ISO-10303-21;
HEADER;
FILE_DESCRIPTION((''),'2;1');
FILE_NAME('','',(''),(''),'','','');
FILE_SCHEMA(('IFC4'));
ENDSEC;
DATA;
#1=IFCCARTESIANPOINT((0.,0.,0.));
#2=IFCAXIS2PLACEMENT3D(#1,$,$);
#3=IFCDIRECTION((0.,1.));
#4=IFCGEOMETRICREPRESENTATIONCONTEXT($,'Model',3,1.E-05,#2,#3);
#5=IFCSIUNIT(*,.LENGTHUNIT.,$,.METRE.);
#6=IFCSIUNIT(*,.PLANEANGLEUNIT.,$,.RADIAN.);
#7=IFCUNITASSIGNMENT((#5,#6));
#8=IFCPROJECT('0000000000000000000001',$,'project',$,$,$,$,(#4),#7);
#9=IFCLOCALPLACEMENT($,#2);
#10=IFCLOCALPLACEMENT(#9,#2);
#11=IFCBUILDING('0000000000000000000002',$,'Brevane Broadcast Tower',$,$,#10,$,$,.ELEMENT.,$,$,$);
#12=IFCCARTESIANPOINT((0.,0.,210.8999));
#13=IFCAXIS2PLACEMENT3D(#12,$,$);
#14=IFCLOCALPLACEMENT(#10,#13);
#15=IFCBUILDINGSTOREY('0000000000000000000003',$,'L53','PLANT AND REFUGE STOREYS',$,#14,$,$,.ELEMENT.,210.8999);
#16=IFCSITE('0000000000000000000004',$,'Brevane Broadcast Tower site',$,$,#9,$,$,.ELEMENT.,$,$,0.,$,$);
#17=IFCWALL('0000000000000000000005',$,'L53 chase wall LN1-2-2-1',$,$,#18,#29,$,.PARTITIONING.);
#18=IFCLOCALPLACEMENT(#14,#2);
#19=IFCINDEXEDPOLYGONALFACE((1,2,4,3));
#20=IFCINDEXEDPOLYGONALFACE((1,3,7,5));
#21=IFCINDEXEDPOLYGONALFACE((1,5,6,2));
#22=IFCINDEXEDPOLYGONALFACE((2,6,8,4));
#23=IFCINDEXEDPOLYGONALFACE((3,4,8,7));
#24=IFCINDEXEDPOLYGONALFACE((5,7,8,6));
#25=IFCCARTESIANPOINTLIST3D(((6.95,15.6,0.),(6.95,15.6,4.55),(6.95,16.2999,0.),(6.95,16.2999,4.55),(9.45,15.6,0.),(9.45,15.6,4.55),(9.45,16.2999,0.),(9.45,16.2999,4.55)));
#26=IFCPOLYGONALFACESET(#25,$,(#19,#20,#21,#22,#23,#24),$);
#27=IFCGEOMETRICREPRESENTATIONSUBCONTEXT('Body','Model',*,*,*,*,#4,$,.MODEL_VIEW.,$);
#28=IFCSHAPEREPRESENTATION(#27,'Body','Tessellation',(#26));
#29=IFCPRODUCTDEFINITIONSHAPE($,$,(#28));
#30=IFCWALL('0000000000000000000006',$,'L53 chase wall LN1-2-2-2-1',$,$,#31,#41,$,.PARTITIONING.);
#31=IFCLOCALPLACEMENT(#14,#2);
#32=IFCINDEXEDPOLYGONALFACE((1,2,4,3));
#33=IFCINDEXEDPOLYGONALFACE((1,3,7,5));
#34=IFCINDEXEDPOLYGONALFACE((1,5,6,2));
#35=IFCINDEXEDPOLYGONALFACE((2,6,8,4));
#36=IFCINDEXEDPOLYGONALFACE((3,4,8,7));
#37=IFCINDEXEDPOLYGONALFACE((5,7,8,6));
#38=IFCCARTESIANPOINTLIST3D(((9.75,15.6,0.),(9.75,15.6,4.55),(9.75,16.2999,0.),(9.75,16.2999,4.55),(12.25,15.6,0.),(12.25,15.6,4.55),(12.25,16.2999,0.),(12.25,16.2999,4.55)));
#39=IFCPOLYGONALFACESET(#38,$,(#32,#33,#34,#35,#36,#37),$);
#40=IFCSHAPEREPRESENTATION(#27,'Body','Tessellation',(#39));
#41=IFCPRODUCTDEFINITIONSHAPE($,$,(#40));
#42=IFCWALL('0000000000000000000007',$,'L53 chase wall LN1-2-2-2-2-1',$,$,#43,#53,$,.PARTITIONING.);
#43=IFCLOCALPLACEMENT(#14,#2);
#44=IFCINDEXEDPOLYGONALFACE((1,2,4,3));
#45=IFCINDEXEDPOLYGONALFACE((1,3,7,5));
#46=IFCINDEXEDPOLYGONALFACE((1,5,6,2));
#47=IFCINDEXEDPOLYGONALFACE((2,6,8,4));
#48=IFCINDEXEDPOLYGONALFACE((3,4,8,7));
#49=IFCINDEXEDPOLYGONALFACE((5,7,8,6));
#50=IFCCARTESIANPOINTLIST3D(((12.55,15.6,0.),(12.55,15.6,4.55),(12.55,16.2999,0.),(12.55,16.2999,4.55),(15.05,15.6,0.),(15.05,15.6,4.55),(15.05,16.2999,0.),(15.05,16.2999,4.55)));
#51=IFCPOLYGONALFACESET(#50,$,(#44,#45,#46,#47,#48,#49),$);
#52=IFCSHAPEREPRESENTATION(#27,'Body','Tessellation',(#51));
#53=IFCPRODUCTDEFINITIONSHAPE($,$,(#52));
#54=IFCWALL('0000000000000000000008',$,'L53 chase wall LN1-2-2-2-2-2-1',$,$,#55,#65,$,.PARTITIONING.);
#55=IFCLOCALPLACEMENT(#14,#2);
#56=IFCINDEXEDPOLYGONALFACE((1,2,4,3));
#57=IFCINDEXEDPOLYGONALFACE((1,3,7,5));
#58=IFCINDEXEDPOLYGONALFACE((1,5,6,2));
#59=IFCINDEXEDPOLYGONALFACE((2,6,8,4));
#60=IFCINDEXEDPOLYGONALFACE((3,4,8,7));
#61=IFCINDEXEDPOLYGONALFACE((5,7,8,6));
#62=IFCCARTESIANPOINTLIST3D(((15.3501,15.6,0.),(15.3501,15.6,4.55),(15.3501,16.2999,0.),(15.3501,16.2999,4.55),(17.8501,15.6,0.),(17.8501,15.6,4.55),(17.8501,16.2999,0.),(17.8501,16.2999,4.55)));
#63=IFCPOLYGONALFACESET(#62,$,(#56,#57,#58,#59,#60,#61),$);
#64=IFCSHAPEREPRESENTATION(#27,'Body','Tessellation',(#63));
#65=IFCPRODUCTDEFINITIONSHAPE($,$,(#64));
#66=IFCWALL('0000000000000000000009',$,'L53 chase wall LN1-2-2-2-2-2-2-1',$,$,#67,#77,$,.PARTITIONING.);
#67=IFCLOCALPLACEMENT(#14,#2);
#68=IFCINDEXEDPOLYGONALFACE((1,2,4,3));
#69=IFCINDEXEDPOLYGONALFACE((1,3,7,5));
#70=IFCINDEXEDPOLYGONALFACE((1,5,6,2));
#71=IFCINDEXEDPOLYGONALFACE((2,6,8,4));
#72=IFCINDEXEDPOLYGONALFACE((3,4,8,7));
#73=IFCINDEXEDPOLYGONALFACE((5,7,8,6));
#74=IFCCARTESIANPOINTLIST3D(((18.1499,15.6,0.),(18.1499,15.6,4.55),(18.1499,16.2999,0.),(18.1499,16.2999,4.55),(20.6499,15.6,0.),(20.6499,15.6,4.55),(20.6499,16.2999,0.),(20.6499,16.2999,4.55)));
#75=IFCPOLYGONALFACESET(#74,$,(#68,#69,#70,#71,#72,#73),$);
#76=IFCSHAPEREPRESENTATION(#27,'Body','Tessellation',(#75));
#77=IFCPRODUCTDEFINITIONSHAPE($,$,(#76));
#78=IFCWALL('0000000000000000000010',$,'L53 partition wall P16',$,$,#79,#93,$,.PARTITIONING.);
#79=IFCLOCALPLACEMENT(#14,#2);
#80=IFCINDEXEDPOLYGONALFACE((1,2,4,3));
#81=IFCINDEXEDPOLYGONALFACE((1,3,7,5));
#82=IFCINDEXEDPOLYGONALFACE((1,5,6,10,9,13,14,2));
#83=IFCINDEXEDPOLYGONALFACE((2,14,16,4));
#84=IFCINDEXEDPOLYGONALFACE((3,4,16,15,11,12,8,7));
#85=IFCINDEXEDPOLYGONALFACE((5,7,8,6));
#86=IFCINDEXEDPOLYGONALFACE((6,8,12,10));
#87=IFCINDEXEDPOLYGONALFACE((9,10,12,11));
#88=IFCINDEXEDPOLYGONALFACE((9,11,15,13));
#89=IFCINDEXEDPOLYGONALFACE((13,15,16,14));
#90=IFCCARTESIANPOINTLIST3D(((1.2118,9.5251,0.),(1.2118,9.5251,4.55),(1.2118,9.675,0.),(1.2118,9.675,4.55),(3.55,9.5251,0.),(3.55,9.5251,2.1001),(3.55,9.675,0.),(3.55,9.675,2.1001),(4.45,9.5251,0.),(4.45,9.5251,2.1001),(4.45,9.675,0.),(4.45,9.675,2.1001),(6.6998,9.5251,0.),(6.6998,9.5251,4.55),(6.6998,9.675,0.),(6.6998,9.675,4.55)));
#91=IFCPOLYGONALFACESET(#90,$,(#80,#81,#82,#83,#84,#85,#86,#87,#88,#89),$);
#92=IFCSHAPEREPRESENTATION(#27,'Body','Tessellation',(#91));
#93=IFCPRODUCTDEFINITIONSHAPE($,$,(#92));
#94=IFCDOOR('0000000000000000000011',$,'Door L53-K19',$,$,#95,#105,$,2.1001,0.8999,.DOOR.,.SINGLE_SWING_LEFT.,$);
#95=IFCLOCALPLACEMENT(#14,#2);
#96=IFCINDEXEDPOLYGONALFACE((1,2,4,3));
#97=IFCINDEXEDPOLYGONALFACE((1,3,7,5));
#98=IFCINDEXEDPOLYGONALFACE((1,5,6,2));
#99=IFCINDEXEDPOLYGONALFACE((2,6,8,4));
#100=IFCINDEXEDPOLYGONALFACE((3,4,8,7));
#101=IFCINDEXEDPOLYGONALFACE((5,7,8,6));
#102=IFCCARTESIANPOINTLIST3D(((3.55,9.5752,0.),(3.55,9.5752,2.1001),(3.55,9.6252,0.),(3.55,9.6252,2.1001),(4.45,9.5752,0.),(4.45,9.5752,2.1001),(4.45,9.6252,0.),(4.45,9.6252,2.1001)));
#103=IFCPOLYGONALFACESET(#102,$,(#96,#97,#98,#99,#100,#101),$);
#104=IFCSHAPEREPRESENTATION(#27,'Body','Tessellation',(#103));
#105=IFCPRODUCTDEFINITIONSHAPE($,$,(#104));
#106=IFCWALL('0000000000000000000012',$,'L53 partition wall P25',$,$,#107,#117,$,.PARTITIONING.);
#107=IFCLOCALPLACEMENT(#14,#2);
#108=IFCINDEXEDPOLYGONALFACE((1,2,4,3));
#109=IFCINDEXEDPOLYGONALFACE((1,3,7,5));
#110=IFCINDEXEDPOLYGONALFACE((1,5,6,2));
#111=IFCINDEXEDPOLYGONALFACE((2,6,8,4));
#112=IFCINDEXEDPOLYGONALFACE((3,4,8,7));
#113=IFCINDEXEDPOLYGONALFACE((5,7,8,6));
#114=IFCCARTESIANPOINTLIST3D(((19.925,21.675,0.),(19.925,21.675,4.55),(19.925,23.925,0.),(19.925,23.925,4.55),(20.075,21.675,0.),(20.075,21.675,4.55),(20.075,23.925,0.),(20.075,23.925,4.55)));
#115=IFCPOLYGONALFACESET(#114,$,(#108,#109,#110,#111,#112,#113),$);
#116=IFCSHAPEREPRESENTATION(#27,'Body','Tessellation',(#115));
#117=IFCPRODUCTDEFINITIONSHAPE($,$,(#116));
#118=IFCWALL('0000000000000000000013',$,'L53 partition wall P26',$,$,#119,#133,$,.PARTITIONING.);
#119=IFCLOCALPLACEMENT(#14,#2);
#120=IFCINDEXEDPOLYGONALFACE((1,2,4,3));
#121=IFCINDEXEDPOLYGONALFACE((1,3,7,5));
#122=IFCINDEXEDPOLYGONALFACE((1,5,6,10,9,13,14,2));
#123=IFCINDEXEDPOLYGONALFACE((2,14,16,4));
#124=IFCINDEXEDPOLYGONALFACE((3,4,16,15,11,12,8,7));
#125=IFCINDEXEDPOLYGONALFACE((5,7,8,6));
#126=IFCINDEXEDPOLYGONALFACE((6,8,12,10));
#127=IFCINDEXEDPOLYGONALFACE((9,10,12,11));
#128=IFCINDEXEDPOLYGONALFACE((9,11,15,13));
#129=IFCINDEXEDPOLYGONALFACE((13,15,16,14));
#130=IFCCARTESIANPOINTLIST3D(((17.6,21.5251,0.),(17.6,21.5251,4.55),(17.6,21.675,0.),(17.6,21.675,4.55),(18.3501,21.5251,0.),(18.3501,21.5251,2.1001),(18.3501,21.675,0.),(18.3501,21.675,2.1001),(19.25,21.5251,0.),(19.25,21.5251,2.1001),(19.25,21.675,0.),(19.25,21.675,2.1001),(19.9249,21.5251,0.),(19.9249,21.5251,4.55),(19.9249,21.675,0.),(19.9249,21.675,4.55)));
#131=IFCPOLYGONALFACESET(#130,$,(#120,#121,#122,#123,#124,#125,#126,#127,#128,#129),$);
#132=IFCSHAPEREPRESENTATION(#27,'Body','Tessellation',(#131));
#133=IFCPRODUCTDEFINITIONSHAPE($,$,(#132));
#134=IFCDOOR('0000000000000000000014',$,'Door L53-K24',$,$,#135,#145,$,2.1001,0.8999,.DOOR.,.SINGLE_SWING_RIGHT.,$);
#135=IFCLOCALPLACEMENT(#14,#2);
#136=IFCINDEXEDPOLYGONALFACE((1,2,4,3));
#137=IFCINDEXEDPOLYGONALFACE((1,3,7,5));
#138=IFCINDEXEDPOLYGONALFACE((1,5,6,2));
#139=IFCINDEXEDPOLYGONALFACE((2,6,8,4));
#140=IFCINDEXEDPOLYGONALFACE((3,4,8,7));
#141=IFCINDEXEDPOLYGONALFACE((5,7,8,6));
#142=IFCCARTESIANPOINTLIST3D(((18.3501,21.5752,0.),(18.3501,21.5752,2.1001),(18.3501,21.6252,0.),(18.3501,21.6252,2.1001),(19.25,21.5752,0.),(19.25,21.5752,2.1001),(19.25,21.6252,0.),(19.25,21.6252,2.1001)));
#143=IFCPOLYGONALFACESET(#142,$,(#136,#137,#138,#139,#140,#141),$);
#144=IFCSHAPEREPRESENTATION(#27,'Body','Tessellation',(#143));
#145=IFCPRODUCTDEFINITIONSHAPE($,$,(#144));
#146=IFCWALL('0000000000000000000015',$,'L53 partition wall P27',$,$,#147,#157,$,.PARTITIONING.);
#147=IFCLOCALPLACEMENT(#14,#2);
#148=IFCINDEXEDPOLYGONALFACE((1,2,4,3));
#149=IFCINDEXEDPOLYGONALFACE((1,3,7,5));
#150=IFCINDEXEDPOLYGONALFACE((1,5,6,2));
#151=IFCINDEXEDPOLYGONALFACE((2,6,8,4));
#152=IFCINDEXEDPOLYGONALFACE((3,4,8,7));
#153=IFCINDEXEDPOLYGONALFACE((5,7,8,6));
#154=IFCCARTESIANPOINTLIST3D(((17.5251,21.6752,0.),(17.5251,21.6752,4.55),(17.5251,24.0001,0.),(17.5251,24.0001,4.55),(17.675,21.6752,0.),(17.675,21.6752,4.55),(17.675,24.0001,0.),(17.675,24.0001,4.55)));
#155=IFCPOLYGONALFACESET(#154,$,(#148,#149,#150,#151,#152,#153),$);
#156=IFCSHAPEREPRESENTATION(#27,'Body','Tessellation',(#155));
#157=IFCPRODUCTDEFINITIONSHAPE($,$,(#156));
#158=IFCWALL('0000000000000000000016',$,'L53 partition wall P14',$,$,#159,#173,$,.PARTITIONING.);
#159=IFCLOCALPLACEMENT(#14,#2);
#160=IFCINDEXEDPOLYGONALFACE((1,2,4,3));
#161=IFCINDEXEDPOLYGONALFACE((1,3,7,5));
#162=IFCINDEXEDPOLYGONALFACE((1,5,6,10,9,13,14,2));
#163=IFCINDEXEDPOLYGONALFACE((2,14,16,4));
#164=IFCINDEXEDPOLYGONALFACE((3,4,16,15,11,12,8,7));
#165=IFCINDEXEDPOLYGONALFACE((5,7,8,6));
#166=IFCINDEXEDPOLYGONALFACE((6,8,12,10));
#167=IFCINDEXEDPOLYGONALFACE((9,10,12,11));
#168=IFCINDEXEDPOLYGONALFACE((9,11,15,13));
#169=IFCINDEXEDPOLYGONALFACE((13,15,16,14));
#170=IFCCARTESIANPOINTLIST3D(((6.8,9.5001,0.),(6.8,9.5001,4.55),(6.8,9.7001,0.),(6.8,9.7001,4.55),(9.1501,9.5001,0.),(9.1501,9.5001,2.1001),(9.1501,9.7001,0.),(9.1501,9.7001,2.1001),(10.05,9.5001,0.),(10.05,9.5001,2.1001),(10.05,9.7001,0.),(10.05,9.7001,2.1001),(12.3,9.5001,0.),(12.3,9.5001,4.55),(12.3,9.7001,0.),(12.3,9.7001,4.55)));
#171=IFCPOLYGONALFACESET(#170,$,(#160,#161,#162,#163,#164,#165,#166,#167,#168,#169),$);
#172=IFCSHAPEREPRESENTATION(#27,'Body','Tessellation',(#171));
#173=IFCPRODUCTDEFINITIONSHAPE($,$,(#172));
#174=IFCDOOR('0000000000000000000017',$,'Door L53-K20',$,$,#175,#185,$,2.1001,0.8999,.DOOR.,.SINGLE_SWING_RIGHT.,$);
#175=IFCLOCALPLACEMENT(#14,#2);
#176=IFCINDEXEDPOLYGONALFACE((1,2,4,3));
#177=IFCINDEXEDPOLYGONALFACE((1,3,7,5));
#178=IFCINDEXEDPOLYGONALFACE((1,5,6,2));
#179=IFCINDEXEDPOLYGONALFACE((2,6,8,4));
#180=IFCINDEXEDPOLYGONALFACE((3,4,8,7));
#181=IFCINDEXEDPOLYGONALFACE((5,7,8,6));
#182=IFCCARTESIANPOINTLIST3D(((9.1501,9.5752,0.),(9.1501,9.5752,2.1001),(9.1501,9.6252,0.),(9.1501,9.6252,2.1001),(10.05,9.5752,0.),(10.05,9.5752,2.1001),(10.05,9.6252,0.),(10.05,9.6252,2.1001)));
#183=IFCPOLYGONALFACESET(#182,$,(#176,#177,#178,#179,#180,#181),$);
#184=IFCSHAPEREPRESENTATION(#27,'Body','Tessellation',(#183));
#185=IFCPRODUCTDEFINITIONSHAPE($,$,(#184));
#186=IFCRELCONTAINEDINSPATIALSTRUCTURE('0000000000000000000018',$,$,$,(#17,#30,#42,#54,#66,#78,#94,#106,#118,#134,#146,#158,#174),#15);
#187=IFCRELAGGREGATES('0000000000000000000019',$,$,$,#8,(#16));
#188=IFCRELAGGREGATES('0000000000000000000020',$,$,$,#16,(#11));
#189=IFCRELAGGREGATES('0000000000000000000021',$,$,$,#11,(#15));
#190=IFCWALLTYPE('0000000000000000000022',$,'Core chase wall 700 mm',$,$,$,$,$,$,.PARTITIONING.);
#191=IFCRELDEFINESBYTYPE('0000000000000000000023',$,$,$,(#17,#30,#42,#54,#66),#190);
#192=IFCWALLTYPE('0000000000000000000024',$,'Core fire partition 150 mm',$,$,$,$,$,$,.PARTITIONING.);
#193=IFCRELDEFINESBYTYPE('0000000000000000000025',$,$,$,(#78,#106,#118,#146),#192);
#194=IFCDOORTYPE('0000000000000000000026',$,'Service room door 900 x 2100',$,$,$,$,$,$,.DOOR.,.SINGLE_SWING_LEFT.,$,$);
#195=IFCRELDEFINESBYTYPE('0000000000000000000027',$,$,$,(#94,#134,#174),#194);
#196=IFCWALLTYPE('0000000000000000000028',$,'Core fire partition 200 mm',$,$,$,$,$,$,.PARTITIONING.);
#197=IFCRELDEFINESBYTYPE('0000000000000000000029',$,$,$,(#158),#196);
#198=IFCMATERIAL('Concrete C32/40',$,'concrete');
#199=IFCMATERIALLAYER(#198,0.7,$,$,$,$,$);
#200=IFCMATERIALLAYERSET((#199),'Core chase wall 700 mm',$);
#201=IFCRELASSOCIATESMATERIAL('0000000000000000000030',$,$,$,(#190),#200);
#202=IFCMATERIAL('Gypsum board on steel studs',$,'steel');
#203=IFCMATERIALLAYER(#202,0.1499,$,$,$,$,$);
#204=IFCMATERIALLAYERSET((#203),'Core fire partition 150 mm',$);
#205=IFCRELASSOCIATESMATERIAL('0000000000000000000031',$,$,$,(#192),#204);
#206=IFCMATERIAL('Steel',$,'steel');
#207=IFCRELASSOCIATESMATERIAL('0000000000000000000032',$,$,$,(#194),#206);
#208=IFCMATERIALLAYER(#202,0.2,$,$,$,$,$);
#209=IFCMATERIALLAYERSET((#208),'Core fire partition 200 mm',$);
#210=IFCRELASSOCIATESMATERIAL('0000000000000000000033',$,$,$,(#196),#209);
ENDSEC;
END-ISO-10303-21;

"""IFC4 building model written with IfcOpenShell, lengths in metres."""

from ifc_helpers import new_model, si_unit, direction, frame, frame_2d, origin, place, context, subcontext, project, spatial, rectangle, extrude, material, layer, layer_set, type_object, element, fill, save


model = new_model("IFC4")

# Units and contexts
model_context = context("Model", 3, precision=1e-05, world=origin(), true_north=direction((0.0, 1.0)))
body_context = subcontext(model_context, "Body", "Model", "MODEL_VIEW")
ifc_project = project(units=[si_unit("LENGTHUNIT", "METRE"), si_unit("PLANEANGLEUNIT", "RADIAN")], contexts=[model_context])

# Site, building, storey
site_placement = place(None, origin())
site = spatial("IfcSite", under=ifc_project, at=site_placement, Name="Brevane Broadcast Tower site", CompositionType="ELEMENT", RefElevation=0.0)
building_placement = place(site_placement, origin())
building = spatial("IfcBuilding", under=site, at=building_placement, Name="Brevane Broadcast Tower", CompositionType="ELEMENT")
storey_placement = place(building_placement, frame((0.0, 0.0, 210.8999)))
storey = spatial("IfcBuildingStorey", under=building, at=storey_placement, Name="L53", Description="PLANT AND REFUGE STOREYS", CompositionType="ELEMENT", Elevation=210.8999)

# Walls
ifc_material_1 = material(Name="Concrete C32/40", Category="concrete")
ifc_layer_1 = layer(ifc_material_1, 0.7)
ifc_layer_set_1 = layer_set([ifc_layer_1], Name="Core chase wall 700 mm")
wall_type_1 = type_object("IfcWallType", Name="Core chase wall 700 mm", PredefinedType="PARTITIONING", material=ifc_layer_set_1)
for number, where, z_axis, x_axis, name in (
    (1, (6.95, 15.95, 0.0), (0.0, 0.0, 1.0), (1.0, 0.0, 0.0), "L53 chase wall LN1-2-2-1"),
    (2, (9.75, 15.95, 0.0), (0.0, 0.0, 1.0), (1.0, 0.0, 0.0), "L53 chase wall LN1-2-2-2-1"),
    (3, (12.55, 15.95, 0.0), (0.0, 0.0, 1.0), (1.0, 0.0, 0.0), "L53 chase wall LN1-2-2-2-2-1"),
    (4, (15.3501, 15.95, 0.0), (0.0, 0.0, 1.0), (1.0, 0.0, 0.0), "L53 chase wall LN1-2-2-2-2-2-1"),
    (5, (18.1499, 15.95, 0.0), (0.0, 0.0, 1.0), (1.0, 0.0, 0.0), "L53 chase wall LN1-2-2-2-2-2-2-1"),
):
    element("IfcWall", number, at=place(storey_placement, frame(where, z_axis=z_axis, x_axis=x_axis)), inside=storey, type_object=wall_type_1, Name=name, PredefinedType="PARTITIONING", context=body_context, shape_type="SweptSolid", body=[
        extrude(rectangle(XDim=2.5, YDim=0.7, at=frame_2d((1.25, 0.0))), origin(), (0.0, 0.0, 1.0), 4.55),
    ])

# Wall, opening, door
ifc_material_2 = material(Name="Gypsum board on steel studs", Category="steel")
ifc_layer_2 = layer(ifc_material_2, 0.1499)
ifc_layer_set_2 = layer_set([ifc_layer_2], Name="Core fire partition 150 mm")
wall_type_2 = type_object("IfcWallType", Name="Core fire partition 150 mm", PredefinedType="PARTITIONING", material=ifc_layer_set_2)
wall_1_placement = place(storey_placement, frame((6.7, 9.6001, 0.0), z_axis=(0.0, 0.0, 1.0), x_axis=(-1.0, 0.0, 0.0)))
wall_1 = element("IfcWall", 6, at=wall_1_placement, inside=storey, type_object=wall_type_2, Name="L53 partition wall P16", PredefinedType="PARTITIONING", context=body_context, shape_type="SweptSolid", body=[
    extrude(rectangle(XDim=5.488, YDim=0.1499, at=frame_2d((2.7441, 0.0))), origin(), (0.0, 0.0, 1.0), 4.55),
])
opening_1_placement = place(wall_1_placement, frame((2.25, 0.0, 0.0)))
opening_1 = element("IfcOpeningElement", 7, at=opening_1_placement, cuts=wall_1, PredefinedType="OPENING", context=body_context, shape_type="SweptSolid", body=[
    extrude(rectangle(XDim=0.8999, YDim=2.1001, at=frame_2d((0.45, 1.05))), frame((0.0, 0.085, 0.0), z_axis=(0.0, -1.0, 0.0), x_axis=(1.0, 0.0, 0.0)), (0.0, 0.0, 1.0), 0.1699),
])
ifc_material_3 = material(Name="Steel", Category="steel")
door_type_1 = type_object("IfcDoorType", Name="Service room door 900 x 2100", OperationType="SINGLE_SWING_LEFT", PredefinedType="DOOR", material=ifc_material_3)
door_1_placement = place(opening_1_placement, origin())
door_1 = element("IfcDoor", 8, at=door_1_placement, inside=storey, type_object=door_type_1, Name="Door L53-K19", OperationType="SINGLE_SWING_LEFT", OverallHeight=2.1001, OverallWidth=0.8999, PredefinedType="DOOR", context=body_context, shape_type="SweptSolid", body=[
    extrude(rectangle(XDim=0.8999, YDim=2.1001, at=frame_2d((0.45, 1.05))), frame((0.0, 0.0249, 0.0), z_axis=(0.0, -1.0, 0.0), x_axis=(1.0, 0.0, 0.0)), (0.0, 0.0, 1.0), 0.05),
])
fill(opening_1, door_1)

# Wall
wall_2_placement = place(storey_placement, frame((20.0, 21.675, 0.0), z_axis=(0.0, 0.0, 1.0), x_axis=(0.0, 1.0, 0.0)))
element("IfcWall", 9, at=wall_2_placement, inside=storey, type_object=wall_type_2, Name="L53 partition wall P25", PredefinedType="PARTITIONING", context=body_context, shape_type="SweptSolid", body=[
    extrude(rectangle(XDim=2.25, YDim=0.1499, at=frame_2d((1.125, 0.0))), origin(), (0.0, 0.0, 1.0), 4.55),
])

# Wall, opening, door
wall_3_placement = place(storey_placement, frame((19.925, 21.6001, 0.0), z_axis=(0.0, 0.0, 1.0), x_axis=(-1.0, 0.0, 0.0)))
wall_3 = element("IfcWall", 10, at=wall_3_placement, inside=storey, type_object=wall_type_2, Name="L53 partition wall P26", PredefinedType="PARTITIONING", context=body_context, shape_type="SweptSolid", body=[
    extrude(rectangle(XDim=2.325, YDim=0.1499, at=frame_2d((1.1626, 0.0))), origin(), (0.0, 0.0, 1.0), 4.55),
])
opening_2_placement = place(wall_3_placement, frame((0.675, 0.0, 0.0)))
opening_2 = element("IfcOpeningElement", 11, at=opening_2_placement, cuts=wall_3, PredefinedType="OPENING", context=body_context, shape_type="SweptSolid", body=[
    extrude(rectangle(XDim=0.8999, YDim=2.1001, at=frame_2d((0.45, 1.05))), frame((0.0, 0.085, 0.0), z_axis=(0.0, -1.0, 0.0), x_axis=(1.0, 0.0, 0.0)), (0.0, 0.0, 1.0), 0.1699),
])
door_2_placement = place(opening_2_placement, origin())
door_2 = element("IfcDoor", 12, at=door_2_placement, inside=storey, type_object=door_type_1, Name="Door L53-K24", OperationType="SINGLE_SWING_RIGHT", OverallHeight=2.1001, OverallWidth=0.8999, PredefinedType="DOOR", context=body_context, shape_type="SweptSolid", body=[
    extrude(rectangle(XDim=0.8999, YDim=2.1001, at=frame_2d((0.45, 1.05))), frame((0.0, 0.0249, 0.0), z_axis=(0.0, -1.0, 0.0), x_axis=(1.0, 0.0, 0.0)), (0.0, 0.0, 1.0), 0.05),
])
fill(opening_2, door_2)

# Wall
wall_4_placement = place(storey_placement, frame((17.6001, 21.675, 0.0), z_axis=(0.0, 0.0, 1.0), x_axis=(0.0, 1.0, 0.0)))
element("IfcWall", 13, at=wall_4_placement, inside=storey, type_object=wall_type_2, Name="L53 partition wall P27", PredefinedType="PARTITIONING", context=body_context, shape_type="SweptSolid", body=[
    extrude(rectangle(XDim=2.325, YDim=0.1499, at=frame_2d((1.1626, 0.0))), origin(), (0.0, 0.0, 1.0), 4.55),
])

# Wall, opening, door
ifc_layer_3 = layer(ifc_material_2, 0.2)
ifc_layer_set_3 = layer_set([ifc_layer_3], Name="Core fire partition 200 mm")
wall_type_3 = type_object("IfcWallType", Name="Core fire partition 200 mm", PredefinedType="PARTITIONING", material=ifc_layer_set_3)
wall_5_placement = place(storey_placement, frame((12.3, 9.6001, 0.0), z_axis=(0.0, 0.0, 1.0), x_axis=(-1.0, 0.0, 0.0)))
wall_5 = element("IfcWall", 14, at=wall_5_placement, inside=storey, type_object=wall_type_3, Name="L53 partition wall P14", PredefinedType="PARTITIONING", context=body_context, shape_type="SweptSolid", body=[
    extrude(rectangle(XDim=5.5, YDim=0.2, at=frame_2d((2.75, 0.0))), origin(), (0.0, 0.0, 1.0), 4.55),
])
opening_3_placement = place(wall_5_placement, frame((2.25, 0.0, 0.0)))
opening_3 = element("IfcOpeningElement", 15, at=opening_3_placement, cuts=wall_5, PredefinedType="OPENING", context=body_context, shape_type="SweptSolid", body=[
    extrude(rectangle(XDim=0.8999, YDim=2.1001, at=frame_2d((0.45, 1.05))), frame((0.0, 0.1099, 0.0), z_axis=(0.0, -1.0, 0.0), x_axis=(1.0, 0.0, 0.0)), (0.0, 0.0, 1.0), 0.22),
])
door_3_placement = place(opening_3_placement, origin())
door_3 = element("IfcDoor", 16, at=door_3_placement, inside=storey, type_object=door_type_1, Name="Door L53-K20", OperationType="SINGLE_SWING_RIGHT", OverallHeight=2.1001, OverallWidth=0.8999, PredefinedType="DOOR", context=body_context, shape_type="SweptSolid", body=[
    extrude(rectangle(XDim=0.8999, YDim=2.1001, at=frame_2d((0.45, 1.05))), frame((0.0, 0.0249, 0.0), z_axis=(0.0, -1.0, 0.0), x_axis=(1.0, 0.0, 0.0)), (0.0, 0.0, 1.0), 0.05),
])
fill(opening_3, door_3)

save(model, "model.ifc")
